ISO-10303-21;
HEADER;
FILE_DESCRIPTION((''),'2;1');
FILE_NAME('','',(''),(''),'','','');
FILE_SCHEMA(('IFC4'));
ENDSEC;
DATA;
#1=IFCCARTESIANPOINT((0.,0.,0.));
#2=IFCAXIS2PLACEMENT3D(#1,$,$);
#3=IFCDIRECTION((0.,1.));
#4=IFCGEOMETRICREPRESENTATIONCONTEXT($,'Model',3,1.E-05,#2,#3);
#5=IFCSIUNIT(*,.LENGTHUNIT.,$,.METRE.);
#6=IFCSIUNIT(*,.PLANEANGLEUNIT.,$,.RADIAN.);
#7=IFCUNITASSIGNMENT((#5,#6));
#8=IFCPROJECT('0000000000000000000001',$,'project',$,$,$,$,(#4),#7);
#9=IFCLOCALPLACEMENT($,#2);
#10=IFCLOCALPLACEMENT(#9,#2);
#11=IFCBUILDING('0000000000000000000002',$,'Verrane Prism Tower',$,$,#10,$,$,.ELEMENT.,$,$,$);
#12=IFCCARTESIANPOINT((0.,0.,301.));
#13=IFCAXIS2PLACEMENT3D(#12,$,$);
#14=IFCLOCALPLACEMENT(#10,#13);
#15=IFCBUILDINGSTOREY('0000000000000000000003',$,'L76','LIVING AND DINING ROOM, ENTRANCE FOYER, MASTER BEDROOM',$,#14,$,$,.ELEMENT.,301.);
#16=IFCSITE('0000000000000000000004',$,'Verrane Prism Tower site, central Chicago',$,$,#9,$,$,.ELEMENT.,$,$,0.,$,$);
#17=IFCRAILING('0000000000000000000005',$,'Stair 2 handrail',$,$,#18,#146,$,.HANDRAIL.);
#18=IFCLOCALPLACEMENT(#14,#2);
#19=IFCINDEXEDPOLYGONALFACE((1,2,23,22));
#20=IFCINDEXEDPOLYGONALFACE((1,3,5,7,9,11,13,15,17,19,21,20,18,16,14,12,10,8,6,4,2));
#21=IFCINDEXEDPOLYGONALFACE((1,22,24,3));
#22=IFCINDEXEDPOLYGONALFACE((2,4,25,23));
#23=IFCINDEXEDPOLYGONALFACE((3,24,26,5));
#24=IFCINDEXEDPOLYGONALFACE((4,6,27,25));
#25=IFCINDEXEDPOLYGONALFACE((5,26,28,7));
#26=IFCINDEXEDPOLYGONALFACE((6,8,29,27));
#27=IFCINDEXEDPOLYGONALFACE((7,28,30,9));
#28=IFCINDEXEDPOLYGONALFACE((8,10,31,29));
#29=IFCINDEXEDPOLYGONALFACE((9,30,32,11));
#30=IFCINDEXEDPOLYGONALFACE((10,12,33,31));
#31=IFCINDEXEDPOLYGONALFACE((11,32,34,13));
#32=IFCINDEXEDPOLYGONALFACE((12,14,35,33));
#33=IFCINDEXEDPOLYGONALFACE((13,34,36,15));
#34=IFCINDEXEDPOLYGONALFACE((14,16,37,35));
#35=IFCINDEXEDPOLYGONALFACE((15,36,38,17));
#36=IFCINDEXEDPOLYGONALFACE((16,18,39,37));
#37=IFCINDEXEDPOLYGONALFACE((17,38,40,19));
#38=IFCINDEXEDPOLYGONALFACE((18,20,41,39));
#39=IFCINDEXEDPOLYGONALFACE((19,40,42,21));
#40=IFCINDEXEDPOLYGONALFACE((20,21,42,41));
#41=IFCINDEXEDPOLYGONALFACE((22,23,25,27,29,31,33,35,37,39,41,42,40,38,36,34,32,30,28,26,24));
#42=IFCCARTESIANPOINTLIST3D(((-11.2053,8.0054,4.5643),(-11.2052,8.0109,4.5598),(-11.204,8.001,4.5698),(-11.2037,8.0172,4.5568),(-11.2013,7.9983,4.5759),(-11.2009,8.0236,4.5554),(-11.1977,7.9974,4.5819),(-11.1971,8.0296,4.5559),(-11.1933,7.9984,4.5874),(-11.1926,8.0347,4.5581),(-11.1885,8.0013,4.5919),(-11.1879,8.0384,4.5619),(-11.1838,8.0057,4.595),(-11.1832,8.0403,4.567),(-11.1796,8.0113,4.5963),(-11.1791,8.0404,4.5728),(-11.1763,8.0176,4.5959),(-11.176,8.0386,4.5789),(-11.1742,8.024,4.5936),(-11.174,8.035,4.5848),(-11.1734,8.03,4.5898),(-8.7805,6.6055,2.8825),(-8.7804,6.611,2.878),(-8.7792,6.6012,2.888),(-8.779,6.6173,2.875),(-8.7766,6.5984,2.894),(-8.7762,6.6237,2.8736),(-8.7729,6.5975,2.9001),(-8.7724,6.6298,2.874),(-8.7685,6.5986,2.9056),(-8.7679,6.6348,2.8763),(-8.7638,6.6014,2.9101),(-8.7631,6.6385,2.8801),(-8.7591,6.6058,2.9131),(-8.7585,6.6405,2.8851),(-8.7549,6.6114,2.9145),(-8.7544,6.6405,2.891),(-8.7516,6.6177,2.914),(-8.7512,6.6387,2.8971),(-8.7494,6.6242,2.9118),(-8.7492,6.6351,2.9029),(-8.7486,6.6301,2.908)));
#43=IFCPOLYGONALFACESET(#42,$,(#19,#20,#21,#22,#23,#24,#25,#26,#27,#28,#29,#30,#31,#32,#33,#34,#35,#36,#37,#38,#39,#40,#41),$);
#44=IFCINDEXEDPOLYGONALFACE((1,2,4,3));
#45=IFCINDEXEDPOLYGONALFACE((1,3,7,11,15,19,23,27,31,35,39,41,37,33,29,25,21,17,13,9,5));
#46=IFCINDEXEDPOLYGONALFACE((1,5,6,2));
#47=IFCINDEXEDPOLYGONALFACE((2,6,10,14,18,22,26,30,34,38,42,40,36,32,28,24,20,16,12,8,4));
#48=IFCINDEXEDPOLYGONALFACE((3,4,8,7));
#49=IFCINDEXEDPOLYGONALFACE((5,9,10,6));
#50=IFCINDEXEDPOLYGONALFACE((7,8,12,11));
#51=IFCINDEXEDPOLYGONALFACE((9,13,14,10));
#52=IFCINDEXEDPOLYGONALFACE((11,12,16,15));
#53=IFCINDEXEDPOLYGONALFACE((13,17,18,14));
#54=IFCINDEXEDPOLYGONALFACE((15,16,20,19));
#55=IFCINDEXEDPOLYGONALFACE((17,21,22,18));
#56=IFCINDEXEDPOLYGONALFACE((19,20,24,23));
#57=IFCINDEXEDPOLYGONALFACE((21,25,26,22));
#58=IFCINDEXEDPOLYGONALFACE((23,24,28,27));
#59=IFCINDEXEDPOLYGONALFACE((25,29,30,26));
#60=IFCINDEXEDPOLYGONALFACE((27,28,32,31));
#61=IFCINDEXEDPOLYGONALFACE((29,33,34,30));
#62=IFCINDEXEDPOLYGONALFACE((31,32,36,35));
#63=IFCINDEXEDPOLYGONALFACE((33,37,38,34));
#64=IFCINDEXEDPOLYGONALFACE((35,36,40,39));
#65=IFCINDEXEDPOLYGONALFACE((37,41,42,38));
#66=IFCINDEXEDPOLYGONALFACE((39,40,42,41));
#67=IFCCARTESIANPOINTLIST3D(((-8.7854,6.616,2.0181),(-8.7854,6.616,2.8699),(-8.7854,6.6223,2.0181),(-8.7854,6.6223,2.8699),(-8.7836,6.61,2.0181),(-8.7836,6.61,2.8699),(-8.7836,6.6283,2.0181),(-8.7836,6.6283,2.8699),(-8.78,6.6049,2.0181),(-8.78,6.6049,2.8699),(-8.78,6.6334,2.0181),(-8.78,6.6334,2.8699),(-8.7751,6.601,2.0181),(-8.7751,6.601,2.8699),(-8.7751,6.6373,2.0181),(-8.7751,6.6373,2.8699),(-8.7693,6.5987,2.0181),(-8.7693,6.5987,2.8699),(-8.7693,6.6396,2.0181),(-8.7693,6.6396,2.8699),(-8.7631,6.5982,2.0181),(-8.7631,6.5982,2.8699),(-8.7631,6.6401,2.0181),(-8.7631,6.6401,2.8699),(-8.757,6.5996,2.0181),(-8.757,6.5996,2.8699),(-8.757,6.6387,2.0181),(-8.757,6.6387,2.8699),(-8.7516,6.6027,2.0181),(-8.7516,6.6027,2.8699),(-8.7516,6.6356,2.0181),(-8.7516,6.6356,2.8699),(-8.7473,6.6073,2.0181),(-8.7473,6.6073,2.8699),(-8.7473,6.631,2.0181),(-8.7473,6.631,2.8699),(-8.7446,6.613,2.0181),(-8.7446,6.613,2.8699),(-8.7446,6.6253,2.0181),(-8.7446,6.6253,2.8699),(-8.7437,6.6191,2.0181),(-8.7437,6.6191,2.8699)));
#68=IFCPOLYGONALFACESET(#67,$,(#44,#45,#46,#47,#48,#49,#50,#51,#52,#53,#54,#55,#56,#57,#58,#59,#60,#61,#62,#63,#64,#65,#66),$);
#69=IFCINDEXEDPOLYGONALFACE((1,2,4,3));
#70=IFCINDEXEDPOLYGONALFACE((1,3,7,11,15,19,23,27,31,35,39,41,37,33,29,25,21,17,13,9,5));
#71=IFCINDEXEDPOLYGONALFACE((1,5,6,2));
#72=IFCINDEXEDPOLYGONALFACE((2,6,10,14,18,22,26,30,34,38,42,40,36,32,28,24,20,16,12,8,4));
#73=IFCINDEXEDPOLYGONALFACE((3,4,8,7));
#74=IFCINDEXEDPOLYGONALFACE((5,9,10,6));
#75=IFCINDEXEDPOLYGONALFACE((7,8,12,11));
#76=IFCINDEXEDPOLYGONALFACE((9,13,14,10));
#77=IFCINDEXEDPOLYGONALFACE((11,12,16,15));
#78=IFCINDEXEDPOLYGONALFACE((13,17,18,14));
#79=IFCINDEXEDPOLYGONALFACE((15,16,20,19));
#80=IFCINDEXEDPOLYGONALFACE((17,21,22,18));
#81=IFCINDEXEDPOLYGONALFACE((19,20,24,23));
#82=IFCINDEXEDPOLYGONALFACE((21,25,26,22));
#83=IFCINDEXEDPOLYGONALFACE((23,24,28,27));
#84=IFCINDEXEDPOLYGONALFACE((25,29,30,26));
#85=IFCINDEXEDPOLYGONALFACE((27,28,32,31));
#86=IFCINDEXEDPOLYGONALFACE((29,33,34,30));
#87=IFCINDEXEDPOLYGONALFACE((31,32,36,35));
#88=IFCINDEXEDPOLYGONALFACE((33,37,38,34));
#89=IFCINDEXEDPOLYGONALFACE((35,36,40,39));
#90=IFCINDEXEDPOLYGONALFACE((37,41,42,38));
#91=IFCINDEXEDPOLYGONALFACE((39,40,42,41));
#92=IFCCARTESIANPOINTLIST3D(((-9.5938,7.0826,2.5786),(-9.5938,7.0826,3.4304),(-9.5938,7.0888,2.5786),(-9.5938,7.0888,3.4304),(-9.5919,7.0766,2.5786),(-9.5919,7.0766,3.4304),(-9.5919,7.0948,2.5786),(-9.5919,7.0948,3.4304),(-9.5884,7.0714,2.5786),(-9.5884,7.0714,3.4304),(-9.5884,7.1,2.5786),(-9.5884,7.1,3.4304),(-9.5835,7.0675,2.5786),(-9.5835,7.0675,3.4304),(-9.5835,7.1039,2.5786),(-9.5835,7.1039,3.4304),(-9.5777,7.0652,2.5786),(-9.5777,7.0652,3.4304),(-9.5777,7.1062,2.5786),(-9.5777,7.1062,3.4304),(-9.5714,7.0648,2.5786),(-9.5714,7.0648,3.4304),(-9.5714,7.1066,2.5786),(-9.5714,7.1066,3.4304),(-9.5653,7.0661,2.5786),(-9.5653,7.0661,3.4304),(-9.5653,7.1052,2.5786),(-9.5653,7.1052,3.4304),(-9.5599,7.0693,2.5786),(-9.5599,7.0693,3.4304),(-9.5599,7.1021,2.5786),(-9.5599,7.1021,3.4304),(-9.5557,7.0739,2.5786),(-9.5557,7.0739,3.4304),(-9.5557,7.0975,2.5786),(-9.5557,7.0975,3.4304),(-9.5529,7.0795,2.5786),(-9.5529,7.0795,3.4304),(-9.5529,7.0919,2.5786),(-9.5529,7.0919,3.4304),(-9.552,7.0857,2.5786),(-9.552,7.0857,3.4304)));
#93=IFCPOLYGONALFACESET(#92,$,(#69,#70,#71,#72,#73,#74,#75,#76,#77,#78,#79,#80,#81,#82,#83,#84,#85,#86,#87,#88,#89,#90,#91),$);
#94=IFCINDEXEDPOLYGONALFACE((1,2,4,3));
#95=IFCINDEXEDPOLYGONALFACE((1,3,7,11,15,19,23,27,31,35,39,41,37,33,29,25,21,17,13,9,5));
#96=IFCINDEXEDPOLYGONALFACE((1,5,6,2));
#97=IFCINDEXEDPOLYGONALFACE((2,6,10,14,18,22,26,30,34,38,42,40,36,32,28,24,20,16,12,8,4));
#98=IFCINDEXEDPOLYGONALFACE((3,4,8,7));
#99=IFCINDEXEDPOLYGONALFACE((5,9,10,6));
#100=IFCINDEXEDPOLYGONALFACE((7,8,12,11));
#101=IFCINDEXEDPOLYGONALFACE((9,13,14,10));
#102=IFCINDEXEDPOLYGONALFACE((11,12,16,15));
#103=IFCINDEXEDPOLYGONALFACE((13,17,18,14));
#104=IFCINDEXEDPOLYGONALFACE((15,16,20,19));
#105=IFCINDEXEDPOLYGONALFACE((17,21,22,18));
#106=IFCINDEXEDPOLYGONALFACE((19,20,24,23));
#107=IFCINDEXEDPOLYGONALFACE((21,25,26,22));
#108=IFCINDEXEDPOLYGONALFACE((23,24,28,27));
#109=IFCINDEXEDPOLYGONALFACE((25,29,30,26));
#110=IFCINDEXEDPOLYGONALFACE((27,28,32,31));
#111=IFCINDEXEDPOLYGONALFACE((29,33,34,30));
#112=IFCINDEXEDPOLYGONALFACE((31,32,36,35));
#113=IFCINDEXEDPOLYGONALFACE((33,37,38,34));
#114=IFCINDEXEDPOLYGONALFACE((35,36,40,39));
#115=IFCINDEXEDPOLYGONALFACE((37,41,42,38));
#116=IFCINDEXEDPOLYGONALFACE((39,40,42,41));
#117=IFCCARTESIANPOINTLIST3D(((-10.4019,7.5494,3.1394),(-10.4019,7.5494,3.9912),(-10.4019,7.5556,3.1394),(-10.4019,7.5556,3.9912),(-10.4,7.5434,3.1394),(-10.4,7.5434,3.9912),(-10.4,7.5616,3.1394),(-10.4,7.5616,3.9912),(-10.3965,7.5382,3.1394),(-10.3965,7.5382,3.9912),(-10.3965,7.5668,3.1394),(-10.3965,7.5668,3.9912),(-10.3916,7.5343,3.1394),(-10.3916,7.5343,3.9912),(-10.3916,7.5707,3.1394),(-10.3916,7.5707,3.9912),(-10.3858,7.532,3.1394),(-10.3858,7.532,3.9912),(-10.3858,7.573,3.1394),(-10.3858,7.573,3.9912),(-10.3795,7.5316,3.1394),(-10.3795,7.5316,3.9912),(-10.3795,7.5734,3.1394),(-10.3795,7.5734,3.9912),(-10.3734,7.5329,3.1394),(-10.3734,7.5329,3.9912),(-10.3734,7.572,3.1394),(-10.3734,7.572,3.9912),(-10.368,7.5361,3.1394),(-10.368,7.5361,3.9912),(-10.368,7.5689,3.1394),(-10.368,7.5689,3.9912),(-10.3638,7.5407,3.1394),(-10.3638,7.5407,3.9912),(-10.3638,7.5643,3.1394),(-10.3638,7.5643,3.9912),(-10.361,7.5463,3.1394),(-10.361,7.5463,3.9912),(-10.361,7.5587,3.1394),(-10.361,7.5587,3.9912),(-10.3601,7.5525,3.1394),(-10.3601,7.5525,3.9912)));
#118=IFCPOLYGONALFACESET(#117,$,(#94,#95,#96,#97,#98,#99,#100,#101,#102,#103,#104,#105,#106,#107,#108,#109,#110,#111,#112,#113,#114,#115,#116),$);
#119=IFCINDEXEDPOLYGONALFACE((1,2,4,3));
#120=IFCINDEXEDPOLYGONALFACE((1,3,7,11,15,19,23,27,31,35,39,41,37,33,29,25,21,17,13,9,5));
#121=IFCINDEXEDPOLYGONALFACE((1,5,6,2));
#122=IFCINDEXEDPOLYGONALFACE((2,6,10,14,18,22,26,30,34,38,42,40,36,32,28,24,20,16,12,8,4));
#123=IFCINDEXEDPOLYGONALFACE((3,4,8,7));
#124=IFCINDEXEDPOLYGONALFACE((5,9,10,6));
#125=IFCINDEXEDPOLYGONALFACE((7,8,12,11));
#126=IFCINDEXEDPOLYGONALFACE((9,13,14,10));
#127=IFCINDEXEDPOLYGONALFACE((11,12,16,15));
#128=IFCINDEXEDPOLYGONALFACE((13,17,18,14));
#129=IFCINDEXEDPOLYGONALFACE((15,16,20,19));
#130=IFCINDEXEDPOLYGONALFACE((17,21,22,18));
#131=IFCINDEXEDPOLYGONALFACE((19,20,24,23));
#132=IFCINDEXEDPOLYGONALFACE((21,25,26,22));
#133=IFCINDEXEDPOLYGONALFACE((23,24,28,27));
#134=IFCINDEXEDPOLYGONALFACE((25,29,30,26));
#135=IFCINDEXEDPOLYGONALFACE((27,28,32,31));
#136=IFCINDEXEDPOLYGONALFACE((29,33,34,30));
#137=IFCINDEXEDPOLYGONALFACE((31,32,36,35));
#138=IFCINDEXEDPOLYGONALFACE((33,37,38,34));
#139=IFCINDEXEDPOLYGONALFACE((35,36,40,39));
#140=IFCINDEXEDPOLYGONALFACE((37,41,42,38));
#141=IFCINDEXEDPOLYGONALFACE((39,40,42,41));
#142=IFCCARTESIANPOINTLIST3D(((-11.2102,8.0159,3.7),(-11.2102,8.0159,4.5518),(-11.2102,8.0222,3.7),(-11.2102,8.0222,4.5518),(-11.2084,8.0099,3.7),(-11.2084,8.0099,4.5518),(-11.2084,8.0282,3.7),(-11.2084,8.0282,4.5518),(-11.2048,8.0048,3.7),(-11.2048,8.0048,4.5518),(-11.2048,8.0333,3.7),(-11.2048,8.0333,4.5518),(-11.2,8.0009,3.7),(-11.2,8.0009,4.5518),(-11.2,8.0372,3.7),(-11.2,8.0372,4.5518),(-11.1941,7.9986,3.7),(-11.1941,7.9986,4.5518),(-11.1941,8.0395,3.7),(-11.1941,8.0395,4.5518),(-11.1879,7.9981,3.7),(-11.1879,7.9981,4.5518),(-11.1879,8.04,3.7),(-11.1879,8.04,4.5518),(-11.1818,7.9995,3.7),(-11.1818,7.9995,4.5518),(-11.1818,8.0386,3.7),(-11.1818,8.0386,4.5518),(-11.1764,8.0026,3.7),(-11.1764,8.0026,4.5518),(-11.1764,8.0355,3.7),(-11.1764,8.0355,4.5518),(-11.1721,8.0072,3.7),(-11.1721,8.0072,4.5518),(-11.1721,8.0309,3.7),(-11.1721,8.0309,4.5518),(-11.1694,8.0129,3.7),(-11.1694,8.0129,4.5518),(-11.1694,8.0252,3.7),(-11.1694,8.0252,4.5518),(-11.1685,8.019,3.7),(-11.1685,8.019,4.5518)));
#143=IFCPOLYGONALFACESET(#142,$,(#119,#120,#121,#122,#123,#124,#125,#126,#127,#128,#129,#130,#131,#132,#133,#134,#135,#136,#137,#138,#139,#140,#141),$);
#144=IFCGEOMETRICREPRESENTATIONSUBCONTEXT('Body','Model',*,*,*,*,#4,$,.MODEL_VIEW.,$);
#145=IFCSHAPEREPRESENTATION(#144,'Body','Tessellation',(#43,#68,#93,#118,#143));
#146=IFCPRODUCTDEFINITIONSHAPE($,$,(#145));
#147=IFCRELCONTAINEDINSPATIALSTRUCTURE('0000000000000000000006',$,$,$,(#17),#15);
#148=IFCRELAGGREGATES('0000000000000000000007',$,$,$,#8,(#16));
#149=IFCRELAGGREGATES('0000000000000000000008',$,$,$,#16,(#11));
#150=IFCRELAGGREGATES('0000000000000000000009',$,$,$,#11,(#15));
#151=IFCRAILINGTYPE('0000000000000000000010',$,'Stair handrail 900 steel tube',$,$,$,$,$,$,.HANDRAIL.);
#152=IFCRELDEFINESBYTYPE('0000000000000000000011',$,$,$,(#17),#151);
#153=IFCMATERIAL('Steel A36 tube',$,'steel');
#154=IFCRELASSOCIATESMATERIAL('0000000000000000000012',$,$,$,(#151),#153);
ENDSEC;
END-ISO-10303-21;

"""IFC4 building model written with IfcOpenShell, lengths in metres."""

from ifc_helpers import new_model, si_unit, direction, frame, origin, origin_2d, place, context, subcontext, project, spatial, circle, extrude, material, type_object, element, save


model = new_model("IFC4")

# Units and contexts
model_context = context("Model", 3, precision=1e-05, world=origin(), true_north=direction((0.0, 1.0)))
body_context = subcontext(model_context, "Body", "Model", "MODEL_VIEW")
ifc_project = project(units=[si_unit("LENGTHUNIT", "METRE"), si_unit("PLANEANGLEUNIT", "RADIAN")], contexts=[model_context])

# Site, building, storey
site_placement = place(None, origin())
site = spatial("IfcSite", under=ifc_project, at=site_placement, Name="Verrane Prism Tower site, central Chicago", CompositionType="ELEMENT", RefElevation=0.0)
building_placement = place(site_placement, origin())
building = spatial("IfcBuilding", under=site, at=building_placement, Name="Verrane Prism Tower", CompositionType="ELEMENT")
storey_placement = place(building_placement, frame((0.0, 0.0, 301.0)))
storey = spatial("IfcBuildingStorey", under=building, at=storey_placement, Name="L76", Description="LIVING AND DINING ROOM, ENTRANCE FOYER, MASTER BEDROOM", CompositionType="ELEMENT", Elevation=301.0)

# Railing
ifc_material_1 = material(Name="Steel A36 tube", Category="steel")
railing_type_1 = type_object("IfcRailingType", Name="Stair handrail 900 steel tube", PredefinedType="HANDRAIL", material=ifc_material_1)
railing_1_placement = place(storey_placement, frame((-8.7646, 6.6191, 2.0181)))
element("IfcRailing", 1, at=railing_1_placement, inside=storey, type_object=railing_type_1, Name="Stair 2 handrail", PredefinedType="HANDRAIL", context=body_context, shape_type="SweptSolid", body=[
    extrude(circle(Radius=0.0239, at=origin_2d()), frame((0.0, 0.0, 0.876), z_axis=(-0.74239, 0.428601, 0.514934), x_axis=(-0.499984, -0.866035, 0.0)), (0.0, 0.0, 1.0), 3.2661),
    extrude(circle(Radius=0.021, at=origin_2d()), origin(), (0.0, 0.0, 1.0), 0.8518),
    extrude(circle(Radius=0.021, at=origin_2d()), frame((-0.8083, 0.4666, 0.5605)), (0.0, 0.0, 1.0), 0.8518),
    extrude(circle(Radius=0.021, at=origin_2d()), frame((-1.6165, 0.9333, 1.1213)), (0.0, 0.0, 1.0), 0.8518),
    extrude(circle(Radius=0.021, at=origin_2d()), frame((-2.4248, 1.3999, 1.6819)), (0.0, 0.0, 1.0), 0.8518),
])

save(model, "model.ifc")
